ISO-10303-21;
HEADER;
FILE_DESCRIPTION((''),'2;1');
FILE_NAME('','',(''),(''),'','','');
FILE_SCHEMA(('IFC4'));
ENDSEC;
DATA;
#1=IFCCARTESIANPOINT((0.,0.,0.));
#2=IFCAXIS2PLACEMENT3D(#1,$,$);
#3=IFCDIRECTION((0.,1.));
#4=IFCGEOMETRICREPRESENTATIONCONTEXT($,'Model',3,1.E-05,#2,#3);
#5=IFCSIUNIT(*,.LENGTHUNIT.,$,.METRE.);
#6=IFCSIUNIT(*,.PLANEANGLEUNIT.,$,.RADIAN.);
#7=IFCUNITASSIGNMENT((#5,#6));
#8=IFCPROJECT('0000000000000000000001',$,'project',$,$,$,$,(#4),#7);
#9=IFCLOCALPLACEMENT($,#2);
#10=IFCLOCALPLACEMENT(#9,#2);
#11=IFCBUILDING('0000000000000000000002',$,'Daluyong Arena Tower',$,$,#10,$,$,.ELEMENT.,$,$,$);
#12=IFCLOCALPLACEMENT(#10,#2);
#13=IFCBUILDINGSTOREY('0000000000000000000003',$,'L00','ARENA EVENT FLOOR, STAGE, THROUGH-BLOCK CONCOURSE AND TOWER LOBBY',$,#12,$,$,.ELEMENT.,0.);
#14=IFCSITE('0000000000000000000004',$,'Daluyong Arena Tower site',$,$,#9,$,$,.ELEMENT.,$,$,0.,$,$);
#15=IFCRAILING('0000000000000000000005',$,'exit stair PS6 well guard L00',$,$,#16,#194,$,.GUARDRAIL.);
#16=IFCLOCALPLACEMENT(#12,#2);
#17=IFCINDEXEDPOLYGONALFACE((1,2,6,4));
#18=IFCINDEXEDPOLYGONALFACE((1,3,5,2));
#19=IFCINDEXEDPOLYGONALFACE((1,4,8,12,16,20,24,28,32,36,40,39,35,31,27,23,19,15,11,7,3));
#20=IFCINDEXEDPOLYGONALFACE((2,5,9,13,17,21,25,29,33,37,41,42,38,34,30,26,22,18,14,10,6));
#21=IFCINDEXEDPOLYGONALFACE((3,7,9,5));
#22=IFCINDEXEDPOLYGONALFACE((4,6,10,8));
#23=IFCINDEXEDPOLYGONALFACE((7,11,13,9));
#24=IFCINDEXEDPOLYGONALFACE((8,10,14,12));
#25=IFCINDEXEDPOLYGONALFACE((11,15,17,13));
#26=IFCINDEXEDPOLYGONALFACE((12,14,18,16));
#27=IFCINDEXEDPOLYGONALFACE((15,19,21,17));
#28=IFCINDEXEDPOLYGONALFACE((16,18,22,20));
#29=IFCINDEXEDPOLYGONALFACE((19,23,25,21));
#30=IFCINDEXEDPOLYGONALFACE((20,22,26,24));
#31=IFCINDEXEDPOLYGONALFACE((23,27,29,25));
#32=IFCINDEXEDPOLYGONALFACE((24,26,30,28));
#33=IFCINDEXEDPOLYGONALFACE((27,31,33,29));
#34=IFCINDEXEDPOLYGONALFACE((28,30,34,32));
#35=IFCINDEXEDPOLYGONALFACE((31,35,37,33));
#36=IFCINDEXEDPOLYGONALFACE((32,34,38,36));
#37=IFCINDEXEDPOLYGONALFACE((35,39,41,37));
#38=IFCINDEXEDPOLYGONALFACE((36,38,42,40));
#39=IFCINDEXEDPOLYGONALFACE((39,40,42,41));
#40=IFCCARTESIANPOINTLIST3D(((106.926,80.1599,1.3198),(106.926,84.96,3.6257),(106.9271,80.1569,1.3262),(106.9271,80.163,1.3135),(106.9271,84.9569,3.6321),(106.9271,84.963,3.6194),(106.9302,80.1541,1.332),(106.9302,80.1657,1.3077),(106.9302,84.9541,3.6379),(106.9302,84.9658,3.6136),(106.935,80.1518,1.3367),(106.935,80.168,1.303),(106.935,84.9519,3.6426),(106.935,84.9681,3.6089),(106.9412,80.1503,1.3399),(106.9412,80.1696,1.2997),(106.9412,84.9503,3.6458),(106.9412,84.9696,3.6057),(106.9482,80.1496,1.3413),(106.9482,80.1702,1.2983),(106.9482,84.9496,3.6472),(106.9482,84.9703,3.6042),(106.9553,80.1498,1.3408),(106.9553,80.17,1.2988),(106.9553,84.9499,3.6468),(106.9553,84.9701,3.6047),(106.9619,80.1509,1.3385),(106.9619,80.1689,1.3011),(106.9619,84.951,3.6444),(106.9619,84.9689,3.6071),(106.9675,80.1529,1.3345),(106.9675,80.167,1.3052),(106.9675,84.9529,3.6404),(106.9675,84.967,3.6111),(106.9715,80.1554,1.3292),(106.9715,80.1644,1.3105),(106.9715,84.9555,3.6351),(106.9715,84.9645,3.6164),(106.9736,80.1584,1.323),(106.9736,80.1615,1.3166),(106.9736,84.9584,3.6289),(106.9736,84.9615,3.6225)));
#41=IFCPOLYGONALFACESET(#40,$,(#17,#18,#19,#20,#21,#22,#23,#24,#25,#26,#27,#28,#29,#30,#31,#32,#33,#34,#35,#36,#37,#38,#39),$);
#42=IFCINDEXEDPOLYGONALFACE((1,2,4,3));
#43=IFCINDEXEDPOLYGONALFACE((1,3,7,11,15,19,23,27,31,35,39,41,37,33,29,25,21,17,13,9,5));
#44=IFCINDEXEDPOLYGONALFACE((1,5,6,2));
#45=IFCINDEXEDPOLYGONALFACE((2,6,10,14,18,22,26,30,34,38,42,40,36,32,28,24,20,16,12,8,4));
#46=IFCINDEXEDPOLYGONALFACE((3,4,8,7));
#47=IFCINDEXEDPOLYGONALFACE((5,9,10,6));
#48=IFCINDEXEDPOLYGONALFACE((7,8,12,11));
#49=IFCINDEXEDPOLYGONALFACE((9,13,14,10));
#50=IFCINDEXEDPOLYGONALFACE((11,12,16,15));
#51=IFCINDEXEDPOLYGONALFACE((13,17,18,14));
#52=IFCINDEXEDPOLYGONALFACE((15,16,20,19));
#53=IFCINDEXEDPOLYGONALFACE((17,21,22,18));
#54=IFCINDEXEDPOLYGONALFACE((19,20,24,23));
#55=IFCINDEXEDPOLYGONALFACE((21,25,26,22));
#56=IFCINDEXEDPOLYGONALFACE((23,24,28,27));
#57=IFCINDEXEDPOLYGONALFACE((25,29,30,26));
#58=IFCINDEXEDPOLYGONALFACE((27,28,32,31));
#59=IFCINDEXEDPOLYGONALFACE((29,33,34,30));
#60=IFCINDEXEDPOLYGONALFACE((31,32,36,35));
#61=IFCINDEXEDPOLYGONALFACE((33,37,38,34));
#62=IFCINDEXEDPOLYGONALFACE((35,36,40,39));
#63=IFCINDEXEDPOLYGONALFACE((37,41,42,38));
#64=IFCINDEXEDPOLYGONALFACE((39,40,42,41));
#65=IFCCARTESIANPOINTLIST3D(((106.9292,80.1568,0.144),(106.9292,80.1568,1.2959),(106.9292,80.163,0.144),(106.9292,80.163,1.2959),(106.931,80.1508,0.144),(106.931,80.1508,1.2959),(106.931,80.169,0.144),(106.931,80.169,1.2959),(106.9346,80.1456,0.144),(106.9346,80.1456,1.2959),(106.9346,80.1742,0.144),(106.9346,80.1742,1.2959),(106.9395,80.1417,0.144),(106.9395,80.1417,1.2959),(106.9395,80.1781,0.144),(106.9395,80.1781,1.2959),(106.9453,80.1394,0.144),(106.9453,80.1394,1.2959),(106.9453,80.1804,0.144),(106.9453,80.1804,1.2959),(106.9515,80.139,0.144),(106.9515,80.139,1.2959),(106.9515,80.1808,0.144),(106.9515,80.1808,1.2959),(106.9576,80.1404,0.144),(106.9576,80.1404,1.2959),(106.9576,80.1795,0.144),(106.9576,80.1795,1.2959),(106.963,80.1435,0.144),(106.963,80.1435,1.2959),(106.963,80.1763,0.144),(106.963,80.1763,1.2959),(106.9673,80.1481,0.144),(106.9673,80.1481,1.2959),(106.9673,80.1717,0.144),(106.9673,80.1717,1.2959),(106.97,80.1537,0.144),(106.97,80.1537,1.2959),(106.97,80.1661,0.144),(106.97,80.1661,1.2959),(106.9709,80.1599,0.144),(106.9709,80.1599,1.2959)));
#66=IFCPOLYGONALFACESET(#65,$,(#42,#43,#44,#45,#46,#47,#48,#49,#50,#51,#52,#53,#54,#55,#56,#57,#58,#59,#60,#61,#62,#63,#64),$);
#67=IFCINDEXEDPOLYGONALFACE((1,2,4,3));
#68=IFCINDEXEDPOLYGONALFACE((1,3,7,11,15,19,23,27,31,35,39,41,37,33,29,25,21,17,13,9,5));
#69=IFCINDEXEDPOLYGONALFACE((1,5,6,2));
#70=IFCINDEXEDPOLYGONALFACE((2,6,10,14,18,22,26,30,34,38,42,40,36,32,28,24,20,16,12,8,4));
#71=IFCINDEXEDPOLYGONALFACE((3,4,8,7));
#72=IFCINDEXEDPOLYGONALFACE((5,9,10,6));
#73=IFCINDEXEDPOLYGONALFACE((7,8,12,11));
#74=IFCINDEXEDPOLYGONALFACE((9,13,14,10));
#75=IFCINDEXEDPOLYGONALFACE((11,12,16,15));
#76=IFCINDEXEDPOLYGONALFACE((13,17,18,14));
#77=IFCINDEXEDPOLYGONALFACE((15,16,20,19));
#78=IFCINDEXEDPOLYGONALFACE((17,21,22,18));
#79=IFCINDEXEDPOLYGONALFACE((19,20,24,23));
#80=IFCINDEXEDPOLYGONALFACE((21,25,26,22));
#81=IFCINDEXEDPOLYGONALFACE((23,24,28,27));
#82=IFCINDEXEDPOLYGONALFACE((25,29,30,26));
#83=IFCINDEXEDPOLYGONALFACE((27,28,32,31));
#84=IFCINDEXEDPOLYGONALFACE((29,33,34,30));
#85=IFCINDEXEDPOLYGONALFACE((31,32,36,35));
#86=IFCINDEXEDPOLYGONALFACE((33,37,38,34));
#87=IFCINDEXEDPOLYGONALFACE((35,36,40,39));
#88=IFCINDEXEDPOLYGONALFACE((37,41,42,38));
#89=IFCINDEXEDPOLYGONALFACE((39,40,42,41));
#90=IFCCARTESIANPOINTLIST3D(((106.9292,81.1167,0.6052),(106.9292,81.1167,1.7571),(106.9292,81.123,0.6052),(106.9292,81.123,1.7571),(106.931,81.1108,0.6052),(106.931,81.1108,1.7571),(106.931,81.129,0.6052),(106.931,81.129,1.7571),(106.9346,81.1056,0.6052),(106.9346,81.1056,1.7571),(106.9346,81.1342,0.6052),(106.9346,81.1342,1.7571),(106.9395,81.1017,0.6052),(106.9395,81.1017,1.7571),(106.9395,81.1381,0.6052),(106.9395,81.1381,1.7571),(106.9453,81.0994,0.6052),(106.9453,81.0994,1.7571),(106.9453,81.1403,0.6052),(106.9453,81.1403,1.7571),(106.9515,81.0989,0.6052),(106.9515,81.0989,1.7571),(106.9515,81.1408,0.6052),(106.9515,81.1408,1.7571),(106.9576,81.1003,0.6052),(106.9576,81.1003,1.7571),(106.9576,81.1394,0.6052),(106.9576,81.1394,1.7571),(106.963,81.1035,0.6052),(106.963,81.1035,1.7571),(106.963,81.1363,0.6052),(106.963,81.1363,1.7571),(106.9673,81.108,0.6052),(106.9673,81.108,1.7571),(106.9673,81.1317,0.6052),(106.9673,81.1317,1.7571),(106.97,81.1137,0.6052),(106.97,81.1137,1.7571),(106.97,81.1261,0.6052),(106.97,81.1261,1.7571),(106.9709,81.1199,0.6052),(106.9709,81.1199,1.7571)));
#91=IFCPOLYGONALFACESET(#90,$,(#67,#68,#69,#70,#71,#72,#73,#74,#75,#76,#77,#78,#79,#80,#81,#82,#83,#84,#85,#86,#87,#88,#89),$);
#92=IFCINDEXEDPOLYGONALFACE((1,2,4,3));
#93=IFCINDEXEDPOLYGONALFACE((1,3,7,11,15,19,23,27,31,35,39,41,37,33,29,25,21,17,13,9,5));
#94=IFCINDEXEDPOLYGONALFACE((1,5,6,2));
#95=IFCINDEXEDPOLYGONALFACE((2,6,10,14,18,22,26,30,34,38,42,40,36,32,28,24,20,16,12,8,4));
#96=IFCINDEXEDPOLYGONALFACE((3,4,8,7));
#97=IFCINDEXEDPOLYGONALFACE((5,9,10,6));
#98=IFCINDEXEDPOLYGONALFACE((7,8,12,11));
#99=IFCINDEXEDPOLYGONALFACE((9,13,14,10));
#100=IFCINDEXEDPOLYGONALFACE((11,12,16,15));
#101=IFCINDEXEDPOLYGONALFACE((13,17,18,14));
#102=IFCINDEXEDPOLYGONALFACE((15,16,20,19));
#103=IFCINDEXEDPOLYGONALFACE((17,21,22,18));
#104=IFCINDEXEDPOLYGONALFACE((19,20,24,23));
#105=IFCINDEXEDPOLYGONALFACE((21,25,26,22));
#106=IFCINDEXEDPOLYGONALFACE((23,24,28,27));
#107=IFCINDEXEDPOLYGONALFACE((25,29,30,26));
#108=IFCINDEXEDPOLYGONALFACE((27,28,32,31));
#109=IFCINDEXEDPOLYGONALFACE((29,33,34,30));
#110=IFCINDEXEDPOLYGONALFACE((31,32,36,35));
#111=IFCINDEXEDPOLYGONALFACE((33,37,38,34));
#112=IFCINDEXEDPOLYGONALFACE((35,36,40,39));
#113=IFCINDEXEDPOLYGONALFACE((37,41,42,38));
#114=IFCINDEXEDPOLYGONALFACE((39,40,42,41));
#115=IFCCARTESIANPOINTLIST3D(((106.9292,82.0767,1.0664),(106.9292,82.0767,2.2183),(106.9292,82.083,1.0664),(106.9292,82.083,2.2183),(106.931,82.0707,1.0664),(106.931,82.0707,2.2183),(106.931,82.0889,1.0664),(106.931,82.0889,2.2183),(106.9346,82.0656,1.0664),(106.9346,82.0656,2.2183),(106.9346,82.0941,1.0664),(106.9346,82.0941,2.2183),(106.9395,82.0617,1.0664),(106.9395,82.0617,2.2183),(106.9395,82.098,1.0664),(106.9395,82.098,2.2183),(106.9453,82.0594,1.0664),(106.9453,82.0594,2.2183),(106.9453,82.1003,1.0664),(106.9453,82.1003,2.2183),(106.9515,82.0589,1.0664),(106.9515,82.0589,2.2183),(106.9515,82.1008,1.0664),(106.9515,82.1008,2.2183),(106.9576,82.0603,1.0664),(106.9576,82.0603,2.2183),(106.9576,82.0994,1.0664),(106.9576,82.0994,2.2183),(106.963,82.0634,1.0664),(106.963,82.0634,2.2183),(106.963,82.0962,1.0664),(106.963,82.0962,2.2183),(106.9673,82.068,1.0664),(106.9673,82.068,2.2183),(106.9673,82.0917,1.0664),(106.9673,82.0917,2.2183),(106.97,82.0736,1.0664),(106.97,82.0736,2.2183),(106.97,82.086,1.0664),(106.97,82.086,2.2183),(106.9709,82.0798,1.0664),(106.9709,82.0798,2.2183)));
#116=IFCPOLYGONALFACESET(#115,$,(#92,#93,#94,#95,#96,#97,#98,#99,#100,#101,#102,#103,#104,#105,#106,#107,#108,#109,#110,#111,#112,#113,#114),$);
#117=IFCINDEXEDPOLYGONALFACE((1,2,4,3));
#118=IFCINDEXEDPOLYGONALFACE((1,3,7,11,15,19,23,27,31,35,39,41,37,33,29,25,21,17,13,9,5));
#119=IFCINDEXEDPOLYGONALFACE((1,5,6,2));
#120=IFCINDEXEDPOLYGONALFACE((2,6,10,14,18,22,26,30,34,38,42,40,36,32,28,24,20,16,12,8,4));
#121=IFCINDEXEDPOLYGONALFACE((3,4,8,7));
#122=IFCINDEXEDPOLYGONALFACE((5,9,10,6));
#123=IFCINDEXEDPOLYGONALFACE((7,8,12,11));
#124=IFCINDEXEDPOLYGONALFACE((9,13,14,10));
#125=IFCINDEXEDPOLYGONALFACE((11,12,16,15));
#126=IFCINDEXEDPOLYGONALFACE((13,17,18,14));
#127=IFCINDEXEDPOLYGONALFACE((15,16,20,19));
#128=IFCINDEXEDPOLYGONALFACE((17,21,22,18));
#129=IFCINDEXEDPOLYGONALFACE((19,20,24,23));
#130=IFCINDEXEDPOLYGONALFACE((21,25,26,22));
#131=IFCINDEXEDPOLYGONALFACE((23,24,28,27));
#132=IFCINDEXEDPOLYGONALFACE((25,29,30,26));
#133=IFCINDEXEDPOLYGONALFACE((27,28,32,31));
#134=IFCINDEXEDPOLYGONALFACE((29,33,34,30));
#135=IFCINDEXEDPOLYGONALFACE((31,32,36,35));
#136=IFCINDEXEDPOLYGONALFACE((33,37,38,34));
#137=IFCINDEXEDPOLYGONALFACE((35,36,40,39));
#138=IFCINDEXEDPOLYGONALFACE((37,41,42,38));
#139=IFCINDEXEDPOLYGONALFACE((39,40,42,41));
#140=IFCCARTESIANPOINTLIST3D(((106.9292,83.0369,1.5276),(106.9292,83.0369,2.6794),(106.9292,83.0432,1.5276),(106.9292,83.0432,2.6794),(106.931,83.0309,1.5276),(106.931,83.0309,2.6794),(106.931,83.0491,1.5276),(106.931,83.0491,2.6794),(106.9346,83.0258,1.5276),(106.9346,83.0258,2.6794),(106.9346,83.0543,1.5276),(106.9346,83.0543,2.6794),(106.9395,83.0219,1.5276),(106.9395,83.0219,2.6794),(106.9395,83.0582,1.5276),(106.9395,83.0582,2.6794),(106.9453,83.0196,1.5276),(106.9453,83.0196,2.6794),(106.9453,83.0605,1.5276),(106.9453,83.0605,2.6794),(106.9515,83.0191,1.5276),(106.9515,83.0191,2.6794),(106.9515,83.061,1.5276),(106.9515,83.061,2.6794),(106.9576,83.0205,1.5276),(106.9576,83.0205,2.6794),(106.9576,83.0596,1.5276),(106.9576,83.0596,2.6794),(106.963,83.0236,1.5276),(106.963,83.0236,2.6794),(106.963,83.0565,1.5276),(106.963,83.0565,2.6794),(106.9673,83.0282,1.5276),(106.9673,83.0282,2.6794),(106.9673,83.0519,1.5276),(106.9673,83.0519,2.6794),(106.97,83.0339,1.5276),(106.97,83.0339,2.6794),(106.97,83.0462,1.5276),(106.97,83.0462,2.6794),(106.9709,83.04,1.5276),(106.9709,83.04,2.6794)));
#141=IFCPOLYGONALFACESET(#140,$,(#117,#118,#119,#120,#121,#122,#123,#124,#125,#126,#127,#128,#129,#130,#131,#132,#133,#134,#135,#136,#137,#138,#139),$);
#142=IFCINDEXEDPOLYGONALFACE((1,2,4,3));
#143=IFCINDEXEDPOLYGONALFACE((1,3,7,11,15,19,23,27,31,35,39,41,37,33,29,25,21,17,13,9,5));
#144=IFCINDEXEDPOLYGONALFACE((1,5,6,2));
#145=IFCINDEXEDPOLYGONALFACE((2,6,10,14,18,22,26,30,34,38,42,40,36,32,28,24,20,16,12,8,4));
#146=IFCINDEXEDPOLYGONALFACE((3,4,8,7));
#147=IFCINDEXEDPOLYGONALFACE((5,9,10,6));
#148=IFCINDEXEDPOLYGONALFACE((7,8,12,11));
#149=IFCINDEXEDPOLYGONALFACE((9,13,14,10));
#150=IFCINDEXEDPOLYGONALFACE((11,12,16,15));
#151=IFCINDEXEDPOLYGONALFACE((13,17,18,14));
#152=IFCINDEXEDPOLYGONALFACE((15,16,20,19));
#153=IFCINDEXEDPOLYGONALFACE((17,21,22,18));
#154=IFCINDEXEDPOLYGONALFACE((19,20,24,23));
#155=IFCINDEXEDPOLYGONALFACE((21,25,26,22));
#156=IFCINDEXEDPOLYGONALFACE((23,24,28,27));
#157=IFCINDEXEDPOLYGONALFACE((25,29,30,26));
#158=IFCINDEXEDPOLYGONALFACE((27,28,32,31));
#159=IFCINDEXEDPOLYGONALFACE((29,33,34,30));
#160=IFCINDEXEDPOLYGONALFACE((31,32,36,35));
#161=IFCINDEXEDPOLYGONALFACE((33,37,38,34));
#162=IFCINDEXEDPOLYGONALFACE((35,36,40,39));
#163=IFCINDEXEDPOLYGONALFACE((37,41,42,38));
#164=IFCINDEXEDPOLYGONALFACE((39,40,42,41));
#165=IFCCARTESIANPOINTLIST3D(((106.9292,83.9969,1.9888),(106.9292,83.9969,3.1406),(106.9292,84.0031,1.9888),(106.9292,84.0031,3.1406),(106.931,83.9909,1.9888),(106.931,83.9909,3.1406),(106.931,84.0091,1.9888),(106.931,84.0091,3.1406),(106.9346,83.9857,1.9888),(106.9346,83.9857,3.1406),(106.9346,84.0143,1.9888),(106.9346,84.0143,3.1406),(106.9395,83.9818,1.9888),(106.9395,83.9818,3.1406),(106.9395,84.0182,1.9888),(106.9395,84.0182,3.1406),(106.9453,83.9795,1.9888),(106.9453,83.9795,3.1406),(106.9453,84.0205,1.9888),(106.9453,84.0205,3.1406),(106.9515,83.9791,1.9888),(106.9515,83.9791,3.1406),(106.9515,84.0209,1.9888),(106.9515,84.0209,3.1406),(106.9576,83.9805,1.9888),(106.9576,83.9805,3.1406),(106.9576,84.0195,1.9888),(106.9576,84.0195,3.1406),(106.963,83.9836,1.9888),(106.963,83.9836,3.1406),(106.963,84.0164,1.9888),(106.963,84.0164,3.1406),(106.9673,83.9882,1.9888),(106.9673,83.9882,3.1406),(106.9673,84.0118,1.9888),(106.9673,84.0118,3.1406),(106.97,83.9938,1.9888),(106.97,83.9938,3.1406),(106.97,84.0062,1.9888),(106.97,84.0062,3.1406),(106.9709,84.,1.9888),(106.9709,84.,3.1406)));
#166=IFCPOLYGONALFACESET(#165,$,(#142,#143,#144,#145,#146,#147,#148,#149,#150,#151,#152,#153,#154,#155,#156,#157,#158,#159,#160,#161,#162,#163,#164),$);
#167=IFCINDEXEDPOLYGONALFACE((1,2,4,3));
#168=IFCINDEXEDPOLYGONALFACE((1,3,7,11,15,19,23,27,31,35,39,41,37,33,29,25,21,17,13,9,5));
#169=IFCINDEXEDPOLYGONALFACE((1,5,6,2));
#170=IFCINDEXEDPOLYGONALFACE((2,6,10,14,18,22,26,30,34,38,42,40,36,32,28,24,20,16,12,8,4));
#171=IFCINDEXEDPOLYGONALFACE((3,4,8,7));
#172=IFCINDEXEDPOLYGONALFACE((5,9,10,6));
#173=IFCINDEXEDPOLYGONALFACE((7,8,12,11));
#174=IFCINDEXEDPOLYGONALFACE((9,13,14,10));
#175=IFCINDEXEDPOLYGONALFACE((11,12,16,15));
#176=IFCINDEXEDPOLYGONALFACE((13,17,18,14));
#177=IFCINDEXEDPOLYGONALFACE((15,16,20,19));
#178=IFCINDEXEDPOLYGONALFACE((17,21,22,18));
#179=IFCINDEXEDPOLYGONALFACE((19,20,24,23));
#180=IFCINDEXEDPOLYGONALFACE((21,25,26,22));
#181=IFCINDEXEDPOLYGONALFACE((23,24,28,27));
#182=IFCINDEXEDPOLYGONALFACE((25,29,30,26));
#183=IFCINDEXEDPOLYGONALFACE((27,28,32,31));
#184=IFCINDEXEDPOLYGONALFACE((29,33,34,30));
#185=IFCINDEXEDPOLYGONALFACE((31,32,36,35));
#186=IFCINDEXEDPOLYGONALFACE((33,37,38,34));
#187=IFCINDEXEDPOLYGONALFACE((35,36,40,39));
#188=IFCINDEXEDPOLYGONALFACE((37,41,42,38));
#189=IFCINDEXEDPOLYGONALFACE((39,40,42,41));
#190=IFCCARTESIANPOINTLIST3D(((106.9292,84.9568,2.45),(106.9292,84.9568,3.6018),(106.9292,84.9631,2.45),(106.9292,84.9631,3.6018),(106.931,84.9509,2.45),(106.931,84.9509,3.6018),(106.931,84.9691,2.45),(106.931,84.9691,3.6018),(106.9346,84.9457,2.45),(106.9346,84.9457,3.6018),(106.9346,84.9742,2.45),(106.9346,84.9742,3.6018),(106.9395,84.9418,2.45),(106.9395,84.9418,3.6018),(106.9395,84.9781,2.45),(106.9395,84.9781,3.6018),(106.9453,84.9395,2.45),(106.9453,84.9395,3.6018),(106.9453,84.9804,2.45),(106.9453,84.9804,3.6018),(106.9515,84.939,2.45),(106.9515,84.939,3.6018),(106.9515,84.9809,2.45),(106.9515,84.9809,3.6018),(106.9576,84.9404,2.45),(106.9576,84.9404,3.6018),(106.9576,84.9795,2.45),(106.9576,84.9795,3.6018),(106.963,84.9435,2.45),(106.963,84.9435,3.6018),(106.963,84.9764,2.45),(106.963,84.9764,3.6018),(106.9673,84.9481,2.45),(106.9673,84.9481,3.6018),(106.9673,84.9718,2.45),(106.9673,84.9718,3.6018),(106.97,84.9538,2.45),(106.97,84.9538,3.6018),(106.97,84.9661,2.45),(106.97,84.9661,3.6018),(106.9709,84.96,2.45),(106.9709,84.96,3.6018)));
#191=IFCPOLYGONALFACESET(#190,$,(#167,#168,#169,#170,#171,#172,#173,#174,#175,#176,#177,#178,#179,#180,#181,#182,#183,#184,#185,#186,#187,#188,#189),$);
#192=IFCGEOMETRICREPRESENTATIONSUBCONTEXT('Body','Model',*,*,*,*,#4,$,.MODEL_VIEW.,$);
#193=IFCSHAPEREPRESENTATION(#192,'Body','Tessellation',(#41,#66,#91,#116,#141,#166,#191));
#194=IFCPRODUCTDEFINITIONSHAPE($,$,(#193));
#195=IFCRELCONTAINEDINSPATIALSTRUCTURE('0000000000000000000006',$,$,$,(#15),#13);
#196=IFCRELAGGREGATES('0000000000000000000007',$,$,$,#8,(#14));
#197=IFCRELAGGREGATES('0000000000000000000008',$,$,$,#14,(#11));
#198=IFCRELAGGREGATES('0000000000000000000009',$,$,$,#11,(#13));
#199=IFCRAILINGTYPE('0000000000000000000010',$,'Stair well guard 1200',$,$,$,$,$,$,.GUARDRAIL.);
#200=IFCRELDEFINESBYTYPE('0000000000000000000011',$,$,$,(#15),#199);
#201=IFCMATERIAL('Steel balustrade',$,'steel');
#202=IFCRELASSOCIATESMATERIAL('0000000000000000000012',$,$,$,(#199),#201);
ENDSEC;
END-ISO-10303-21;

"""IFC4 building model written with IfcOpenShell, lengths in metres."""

from ifc_helpers import new_model, si_unit, direction, frame, origin, origin_2d, place, context, subcontext, project, spatial, circle, extrude, material, type_object, element, save


model = new_model("IFC4")

# Units and contexts
model_context = context("Model", 3, precision=1e-05, world=origin(), true_north=direction((0.0, 1.0)))
body_context = subcontext(model_context, "Body", "Model", "MODEL_VIEW")
ifc_project = project(units=[si_unit("LENGTHUNIT", "METRE"), si_unit("PLANEANGLEUNIT", "RADIAN")], contexts=[model_context])

# Site, building, storey
site_placement = place(None, origin())
site = spatial("IfcSite", under=ifc_project, at=site_placement, Name="Daluyong Arena Tower site", CompositionType="ELEMENT", RefElevation=0.0)
building_placement = place(site_placement, origin())
building = spatial("IfcBuilding", under=site, at=building_placement, Name="Daluyong Arena Tower", CompositionType="ELEMENT")
storey_placement = place(building_placement, origin())
storey = spatial("IfcBuildingStorey", under=building, at=storey_placement, Name="L00", Description="ARENA EVENT FLOOR, STAGE, THROUGH-BLOCK CONCOURSE AND TOWER LOBBY", CompositionType="ELEMENT", Elevation=0.0)

# Railing
ifc_material_1 = material(Name="Steel balustrade", Category="steel")
railing_type_1 = type_object("IfcRailingType", Name="Stair well guard 1200", PredefinedType="GUARDRAIL", material=ifc_material_1)
railing_1_placement = place(storey_placement, frame((106.95, 80.1599, 0.144)))
element("IfcRailing", 1, at=railing_1_placement, inside=storey, type_object=railing_type_1, Name="exit stair PS6 well guard L00", PredefinedType="GUARDRAIL", context=body_context, shape_type="SweptSolid", body=[
    extrude(circle(Radius=0.0239, at=origin_2d()), frame((0.0, 0.0, 1.1758), z_axis=(0.0, 0.901385, 0.433019), x_axis=(-1.0, 0.0, 0.0)), (0.0, 0.0, 1.0), 5.3252),
    extrude(circle(Radius=0.021, at=origin_2d()), origin(), (0.0, 0.0, 1.0), 1.1519),
    extrude(circle(Radius=0.021, at=origin_2d()), frame((0.0, 0.96, 0.4612)), (0.0, 0.0, 1.0), 1.1519),
    extrude(circle(Radius=0.021, at=origin_2d()), frame((0.0, 1.9199, 0.9224)), (0.0, 0.0, 1.0), 1.1519),
    extrude(circle(Radius=0.021, at=origin_2d()), frame((0.0, 2.8801, 1.3835)), (0.0, 0.0, 1.0), 1.1519),
    extrude(circle(Radius=0.021, at=origin_2d()), frame((0.0, 3.8401, 1.8447)), (0.0, 0.0, 1.0), 1.1519),
    extrude(circle(Radius=0.021, at=origin_2d()), frame((0.0, 4.8, 2.3059)), (0.0, 0.0, 1.0), 1.1519),
])

save(model, "model.ifc")
